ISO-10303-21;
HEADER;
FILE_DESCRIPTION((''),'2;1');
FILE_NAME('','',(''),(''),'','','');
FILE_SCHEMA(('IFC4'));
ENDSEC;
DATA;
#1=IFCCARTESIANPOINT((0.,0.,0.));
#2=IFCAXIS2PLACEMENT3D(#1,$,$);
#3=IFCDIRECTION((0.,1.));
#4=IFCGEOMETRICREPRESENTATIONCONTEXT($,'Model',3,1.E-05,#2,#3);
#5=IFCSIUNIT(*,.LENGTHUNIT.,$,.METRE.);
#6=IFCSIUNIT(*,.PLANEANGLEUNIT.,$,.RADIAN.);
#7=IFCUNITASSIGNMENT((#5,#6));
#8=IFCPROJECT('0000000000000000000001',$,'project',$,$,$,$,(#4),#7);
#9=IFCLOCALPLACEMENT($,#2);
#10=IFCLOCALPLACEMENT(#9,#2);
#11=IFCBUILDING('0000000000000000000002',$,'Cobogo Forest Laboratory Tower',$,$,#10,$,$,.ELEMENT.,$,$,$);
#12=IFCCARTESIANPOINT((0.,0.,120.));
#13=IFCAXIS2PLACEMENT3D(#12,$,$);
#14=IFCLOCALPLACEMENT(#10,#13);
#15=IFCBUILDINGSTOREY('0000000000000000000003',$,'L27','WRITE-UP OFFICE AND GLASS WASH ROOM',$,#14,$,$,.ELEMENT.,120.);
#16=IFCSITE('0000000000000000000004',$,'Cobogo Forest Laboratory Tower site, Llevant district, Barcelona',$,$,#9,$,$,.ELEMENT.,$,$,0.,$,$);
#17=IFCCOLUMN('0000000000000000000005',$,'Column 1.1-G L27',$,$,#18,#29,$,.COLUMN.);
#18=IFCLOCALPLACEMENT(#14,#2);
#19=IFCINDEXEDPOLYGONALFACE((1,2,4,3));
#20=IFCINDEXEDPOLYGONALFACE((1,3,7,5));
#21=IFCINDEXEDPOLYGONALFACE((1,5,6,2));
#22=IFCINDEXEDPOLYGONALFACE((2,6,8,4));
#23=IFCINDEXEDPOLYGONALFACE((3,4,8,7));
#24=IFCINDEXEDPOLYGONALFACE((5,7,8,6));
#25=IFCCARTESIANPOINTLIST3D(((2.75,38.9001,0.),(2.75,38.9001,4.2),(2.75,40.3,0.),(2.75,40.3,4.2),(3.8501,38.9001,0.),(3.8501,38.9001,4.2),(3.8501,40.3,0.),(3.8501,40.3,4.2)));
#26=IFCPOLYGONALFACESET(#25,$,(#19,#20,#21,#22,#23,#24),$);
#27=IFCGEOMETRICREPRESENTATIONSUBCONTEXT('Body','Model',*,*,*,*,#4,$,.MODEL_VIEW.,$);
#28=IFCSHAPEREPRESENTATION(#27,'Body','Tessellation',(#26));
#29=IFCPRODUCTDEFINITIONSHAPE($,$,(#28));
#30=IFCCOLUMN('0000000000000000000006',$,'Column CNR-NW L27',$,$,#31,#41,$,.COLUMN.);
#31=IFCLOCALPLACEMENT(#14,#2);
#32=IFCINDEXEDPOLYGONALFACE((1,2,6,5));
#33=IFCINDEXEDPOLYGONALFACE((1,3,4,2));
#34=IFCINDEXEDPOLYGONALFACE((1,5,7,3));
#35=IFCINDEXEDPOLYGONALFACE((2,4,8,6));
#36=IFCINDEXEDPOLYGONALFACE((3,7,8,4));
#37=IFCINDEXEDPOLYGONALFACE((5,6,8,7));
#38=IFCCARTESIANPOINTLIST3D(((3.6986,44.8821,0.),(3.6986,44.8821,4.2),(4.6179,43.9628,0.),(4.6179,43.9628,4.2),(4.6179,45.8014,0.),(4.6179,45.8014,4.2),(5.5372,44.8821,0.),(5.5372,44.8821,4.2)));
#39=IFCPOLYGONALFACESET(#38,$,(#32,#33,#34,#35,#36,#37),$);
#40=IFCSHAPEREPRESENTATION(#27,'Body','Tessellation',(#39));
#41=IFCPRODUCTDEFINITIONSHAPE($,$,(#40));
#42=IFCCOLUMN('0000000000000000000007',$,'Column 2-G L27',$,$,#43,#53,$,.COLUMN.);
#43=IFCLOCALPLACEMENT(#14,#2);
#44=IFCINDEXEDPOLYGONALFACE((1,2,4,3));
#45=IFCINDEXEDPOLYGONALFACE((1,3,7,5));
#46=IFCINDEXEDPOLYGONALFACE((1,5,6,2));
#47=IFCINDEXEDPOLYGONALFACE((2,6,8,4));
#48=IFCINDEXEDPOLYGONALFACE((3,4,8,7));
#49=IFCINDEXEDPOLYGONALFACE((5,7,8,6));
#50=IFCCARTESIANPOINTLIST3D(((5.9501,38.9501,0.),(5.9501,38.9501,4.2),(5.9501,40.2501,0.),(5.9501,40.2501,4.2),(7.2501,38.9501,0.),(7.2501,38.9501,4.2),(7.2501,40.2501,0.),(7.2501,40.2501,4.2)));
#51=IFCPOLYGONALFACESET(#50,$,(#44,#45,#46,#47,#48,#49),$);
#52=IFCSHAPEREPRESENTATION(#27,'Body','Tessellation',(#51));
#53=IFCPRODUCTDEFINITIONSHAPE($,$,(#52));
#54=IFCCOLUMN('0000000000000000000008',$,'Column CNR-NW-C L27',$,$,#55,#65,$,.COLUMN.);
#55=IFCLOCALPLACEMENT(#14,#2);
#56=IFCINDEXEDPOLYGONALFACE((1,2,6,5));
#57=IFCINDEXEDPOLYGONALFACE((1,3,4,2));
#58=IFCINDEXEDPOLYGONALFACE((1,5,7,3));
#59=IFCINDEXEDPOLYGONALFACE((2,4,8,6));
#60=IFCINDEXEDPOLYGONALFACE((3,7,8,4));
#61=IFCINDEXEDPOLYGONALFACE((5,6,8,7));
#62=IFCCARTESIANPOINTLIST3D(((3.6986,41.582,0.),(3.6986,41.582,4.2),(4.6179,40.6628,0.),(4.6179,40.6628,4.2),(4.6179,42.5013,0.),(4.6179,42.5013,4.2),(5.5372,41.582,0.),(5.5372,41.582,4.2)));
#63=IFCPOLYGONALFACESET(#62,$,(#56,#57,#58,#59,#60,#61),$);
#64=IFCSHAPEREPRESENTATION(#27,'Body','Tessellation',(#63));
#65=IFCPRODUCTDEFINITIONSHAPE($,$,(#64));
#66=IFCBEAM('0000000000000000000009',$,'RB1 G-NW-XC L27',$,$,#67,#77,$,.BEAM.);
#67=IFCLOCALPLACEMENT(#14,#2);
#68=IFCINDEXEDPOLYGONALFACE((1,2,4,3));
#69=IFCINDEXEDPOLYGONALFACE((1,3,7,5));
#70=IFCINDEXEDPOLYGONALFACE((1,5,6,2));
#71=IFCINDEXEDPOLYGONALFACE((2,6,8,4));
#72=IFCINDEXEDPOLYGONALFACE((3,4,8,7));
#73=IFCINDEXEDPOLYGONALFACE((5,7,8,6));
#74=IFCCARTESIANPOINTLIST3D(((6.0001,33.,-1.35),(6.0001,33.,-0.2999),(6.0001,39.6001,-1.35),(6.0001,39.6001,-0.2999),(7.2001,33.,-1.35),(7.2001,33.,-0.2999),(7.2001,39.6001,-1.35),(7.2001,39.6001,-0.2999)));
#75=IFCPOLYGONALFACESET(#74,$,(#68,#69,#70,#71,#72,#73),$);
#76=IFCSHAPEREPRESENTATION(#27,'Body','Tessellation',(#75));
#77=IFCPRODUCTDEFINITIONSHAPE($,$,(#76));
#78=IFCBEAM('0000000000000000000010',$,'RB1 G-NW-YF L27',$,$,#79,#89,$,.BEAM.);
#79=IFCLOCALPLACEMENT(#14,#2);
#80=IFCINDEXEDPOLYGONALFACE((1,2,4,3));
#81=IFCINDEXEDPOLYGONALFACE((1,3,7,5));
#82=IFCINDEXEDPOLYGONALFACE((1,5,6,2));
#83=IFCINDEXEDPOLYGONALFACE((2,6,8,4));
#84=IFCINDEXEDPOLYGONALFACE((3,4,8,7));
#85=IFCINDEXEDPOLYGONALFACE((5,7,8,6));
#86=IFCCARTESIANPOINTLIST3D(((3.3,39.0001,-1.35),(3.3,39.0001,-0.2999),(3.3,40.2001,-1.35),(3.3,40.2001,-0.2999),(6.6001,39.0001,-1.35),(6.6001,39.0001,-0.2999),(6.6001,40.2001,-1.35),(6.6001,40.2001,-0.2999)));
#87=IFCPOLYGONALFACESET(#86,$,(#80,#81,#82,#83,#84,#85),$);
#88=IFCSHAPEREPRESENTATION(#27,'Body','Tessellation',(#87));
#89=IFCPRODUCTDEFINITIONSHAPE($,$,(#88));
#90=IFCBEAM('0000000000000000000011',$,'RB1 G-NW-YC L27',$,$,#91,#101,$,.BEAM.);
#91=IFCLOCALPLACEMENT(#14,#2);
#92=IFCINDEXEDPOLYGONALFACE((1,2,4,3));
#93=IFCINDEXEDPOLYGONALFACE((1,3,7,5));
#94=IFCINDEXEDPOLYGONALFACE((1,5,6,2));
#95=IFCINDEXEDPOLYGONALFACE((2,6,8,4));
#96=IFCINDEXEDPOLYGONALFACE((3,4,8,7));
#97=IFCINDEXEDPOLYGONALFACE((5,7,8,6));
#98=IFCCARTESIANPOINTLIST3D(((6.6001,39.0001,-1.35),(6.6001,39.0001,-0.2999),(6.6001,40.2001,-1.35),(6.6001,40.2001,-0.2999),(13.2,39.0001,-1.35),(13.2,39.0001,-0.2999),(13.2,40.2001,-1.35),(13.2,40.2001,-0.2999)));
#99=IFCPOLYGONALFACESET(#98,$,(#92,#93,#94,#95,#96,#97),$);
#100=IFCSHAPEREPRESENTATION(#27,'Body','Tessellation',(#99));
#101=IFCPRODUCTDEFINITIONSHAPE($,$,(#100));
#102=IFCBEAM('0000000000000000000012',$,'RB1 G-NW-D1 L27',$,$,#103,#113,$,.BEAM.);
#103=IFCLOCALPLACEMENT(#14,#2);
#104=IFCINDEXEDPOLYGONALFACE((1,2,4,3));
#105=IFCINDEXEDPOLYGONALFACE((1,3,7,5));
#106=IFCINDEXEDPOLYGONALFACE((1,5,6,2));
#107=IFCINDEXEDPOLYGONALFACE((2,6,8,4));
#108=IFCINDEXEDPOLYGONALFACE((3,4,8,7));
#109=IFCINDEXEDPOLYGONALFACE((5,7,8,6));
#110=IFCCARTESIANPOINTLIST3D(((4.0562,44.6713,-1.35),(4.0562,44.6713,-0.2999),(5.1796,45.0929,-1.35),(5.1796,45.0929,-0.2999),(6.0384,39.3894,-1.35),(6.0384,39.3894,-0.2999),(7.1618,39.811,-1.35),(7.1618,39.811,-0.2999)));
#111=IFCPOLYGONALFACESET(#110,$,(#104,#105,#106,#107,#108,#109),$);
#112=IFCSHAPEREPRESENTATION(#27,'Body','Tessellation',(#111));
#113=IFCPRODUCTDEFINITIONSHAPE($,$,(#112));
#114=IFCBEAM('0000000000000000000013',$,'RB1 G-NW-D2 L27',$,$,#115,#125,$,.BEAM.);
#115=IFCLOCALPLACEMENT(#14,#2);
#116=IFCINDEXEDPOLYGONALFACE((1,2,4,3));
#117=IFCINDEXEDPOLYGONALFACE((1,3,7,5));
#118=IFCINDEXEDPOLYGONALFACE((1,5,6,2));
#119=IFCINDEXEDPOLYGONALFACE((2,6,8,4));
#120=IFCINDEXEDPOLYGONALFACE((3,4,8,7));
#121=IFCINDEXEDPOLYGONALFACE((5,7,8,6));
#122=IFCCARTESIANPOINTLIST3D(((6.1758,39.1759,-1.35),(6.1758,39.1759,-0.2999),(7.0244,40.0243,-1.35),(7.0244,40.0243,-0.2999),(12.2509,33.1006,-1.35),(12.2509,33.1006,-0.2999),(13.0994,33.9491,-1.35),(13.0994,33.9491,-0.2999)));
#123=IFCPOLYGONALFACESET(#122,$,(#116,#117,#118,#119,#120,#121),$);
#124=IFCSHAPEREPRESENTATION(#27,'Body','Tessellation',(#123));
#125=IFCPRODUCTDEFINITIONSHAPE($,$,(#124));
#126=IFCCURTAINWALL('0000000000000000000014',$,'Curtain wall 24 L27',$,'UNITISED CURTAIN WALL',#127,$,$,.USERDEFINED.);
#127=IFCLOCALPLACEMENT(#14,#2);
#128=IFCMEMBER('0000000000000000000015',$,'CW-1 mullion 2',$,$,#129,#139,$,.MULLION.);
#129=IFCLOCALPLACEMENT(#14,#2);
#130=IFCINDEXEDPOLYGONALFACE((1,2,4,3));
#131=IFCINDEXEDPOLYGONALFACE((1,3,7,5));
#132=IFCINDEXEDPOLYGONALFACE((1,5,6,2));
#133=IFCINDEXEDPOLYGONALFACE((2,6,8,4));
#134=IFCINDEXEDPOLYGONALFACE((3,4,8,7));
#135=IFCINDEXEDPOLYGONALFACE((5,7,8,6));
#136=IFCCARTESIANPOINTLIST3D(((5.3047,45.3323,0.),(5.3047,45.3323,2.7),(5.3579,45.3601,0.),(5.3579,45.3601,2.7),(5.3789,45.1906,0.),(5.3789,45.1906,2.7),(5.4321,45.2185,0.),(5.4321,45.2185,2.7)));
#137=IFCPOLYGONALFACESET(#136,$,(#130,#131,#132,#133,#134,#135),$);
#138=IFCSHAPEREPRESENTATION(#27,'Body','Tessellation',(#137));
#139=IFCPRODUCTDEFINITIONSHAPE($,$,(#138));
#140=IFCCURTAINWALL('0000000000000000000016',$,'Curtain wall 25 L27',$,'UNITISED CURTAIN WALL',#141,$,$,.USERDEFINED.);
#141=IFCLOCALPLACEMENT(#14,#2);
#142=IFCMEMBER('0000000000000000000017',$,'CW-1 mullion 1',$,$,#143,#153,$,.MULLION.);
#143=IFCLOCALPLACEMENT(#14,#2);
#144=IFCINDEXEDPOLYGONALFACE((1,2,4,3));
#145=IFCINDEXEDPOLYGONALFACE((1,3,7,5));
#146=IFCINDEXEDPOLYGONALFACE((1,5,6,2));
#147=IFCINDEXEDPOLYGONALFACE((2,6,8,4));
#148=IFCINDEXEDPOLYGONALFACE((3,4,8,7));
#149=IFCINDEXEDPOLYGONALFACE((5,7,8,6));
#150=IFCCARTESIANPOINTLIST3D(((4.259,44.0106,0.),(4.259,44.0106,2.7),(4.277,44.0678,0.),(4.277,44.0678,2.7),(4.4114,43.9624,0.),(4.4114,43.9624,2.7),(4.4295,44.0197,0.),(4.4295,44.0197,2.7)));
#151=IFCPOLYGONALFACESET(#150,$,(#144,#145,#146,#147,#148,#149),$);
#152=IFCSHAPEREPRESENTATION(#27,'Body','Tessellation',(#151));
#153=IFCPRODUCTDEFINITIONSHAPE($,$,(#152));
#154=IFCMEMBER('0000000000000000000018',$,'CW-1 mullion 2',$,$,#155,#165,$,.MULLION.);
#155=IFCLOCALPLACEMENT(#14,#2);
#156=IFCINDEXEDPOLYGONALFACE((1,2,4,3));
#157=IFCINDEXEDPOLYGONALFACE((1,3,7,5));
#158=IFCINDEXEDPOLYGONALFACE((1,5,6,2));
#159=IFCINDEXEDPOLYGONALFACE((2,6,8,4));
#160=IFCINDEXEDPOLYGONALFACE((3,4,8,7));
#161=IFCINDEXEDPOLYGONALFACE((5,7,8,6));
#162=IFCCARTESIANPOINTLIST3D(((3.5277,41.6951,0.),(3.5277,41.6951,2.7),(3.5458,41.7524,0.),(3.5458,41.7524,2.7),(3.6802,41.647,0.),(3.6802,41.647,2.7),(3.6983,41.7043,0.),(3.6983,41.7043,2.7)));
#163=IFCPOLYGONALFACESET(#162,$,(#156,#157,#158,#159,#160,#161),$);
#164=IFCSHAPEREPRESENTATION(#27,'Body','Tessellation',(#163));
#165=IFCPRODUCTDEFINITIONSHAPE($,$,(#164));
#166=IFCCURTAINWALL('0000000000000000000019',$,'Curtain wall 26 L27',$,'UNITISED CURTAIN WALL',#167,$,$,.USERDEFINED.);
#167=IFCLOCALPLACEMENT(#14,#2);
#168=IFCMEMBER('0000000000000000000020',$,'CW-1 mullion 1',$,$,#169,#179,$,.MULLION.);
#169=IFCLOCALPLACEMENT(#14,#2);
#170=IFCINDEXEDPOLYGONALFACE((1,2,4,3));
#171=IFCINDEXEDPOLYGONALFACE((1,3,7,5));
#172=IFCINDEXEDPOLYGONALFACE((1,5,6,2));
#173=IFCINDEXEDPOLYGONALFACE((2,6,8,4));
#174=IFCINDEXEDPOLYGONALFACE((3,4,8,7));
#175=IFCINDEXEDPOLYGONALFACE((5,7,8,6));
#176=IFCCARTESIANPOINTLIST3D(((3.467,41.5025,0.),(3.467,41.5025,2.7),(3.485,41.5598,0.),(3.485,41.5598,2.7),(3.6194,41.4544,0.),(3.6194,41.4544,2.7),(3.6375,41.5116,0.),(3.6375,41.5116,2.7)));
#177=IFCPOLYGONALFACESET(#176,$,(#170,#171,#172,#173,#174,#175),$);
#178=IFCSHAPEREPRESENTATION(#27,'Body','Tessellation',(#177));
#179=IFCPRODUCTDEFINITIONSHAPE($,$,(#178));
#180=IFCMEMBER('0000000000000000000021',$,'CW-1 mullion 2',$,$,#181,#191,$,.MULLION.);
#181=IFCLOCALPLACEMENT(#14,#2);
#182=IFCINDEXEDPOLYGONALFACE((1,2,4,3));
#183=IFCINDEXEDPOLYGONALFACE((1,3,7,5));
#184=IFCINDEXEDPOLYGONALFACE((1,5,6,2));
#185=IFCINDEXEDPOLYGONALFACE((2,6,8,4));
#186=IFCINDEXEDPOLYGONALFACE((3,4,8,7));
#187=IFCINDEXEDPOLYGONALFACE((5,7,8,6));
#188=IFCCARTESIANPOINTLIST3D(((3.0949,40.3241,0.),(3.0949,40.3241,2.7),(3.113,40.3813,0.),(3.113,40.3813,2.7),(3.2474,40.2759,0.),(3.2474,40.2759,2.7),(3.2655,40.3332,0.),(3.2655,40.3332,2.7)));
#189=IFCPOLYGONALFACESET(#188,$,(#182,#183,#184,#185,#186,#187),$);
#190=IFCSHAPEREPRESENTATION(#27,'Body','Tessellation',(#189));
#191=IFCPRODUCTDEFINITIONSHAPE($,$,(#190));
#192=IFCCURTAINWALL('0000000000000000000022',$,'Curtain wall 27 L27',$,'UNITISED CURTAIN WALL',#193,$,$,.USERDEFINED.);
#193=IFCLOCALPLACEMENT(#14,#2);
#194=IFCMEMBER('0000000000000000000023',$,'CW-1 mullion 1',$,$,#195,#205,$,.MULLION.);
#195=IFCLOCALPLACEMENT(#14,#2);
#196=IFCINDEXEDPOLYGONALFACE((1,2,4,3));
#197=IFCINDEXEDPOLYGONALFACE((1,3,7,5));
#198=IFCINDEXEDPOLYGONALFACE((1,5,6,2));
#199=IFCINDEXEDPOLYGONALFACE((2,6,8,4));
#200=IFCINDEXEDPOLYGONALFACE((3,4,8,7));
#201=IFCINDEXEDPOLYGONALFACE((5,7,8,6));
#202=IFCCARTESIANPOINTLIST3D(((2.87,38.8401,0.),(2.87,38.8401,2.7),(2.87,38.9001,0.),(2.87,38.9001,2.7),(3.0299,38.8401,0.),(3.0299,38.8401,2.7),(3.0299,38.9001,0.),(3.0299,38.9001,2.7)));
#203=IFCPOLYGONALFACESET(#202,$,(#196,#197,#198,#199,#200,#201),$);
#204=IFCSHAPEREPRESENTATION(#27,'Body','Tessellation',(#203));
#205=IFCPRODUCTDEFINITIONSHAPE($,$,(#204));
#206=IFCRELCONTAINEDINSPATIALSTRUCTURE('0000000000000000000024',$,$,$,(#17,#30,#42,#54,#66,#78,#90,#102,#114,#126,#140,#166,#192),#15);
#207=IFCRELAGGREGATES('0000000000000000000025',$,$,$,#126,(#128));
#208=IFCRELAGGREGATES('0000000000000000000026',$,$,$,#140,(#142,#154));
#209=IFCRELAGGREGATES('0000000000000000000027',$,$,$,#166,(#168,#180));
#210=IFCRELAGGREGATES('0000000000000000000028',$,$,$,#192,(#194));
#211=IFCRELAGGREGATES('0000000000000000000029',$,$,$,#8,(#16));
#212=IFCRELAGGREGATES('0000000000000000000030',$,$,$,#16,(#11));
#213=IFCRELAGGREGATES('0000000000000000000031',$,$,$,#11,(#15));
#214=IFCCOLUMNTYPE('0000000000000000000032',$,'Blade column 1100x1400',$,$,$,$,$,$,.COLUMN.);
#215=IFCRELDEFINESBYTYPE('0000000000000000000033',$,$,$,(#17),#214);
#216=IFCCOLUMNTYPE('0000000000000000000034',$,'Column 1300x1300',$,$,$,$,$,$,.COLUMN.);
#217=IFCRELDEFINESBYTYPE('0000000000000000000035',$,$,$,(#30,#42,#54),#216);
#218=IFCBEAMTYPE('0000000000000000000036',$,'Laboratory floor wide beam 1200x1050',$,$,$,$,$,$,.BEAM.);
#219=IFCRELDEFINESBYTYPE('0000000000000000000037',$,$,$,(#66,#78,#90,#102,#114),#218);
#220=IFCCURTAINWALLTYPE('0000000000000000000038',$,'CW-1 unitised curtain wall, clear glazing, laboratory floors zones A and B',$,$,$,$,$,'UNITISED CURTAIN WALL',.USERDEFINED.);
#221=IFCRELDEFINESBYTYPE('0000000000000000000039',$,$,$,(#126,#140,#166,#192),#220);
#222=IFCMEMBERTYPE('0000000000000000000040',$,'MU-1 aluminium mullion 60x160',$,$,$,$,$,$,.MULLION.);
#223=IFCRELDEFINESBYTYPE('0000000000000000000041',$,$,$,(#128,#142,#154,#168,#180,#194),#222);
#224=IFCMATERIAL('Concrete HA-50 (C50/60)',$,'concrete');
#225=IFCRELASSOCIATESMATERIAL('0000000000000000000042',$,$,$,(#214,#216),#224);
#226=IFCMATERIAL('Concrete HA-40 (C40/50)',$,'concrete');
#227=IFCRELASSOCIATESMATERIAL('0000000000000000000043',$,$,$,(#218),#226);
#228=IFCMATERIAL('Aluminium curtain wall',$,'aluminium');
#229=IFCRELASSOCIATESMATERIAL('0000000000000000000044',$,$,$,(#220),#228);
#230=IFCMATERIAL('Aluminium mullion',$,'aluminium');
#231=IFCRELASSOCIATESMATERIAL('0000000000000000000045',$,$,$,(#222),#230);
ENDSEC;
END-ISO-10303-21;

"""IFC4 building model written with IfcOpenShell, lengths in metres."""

from ifc_helpers import new_model, si_unit, direction, frame, origin, origin_2d, place, context, subcontext, project, spatial, rectangle, extrude, material, material_profile, profile_set, type_object, element, aggregate, save


model = new_model("IFC4")

# Units and contexts
model_context = context("Model", 3, precision=1e-05, world=origin(), true_north=direction((0.0, 1.0)))
body_context = subcontext(model_context, "Body", "Model", "MODEL_VIEW")
ifc_project = project(units=[si_unit("LENGTHUNIT", "METRE"), si_unit("PLANEANGLEUNIT", "RADIAN")], contexts=[model_context])

# Site, building, storey
site_placement = place(None, origin())
site = spatial("IfcSite", under=ifc_project, at=site_placement, Name="Cobogo Forest Laboratory Tower site, Llevant district, Barcelona", CompositionType="ELEMENT", RefElevation=0.0)
building_placement = place(site_placement, origin())
building = spatial("IfcBuilding", under=site, at=building_placement, Name="Cobogo Forest Laboratory Tower", CompositionType="ELEMENT")
storey_placement = place(building_placement, frame((0.0, 0.0, 120.0)))
storey = spatial("IfcBuildingStorey", under=building, at=storey_placement, Name="L27", Description="WRITE-UP OFFICE AND GLASS WASH ROOM", CompositionType="ELEMENT", Elevation=120.0)

# Columns
ifc_material_1 = material(Name="Concrete HA-50 (C50/60)", Category="concrete")
ifc_material_profile_1 = material_profile(ifc_material_1, rectangle(XDim=1.3999, YDim=1.1001, at=origin_2d()), Name="RC 1100x1400")
ifc_profile_set_1 = profile_set([ifc_material_profile_1], Name="Concrete HA-50 (C50/60)")
column_type_1 = type_object("IfcColumnType", Name="Blade column 1100x1400", PredefinedType="COLUMN", material=ifc_profile_set_1)
column_placement = place(storey_placement, frame((3.3, 39.6001, 0.0), z_axis=(0.0, 0.0, 1.0), x_axis=(0.0, 1.0, 0.0)))
element("IfcColumn", 1, at=column_placement, inside=storey, type_object=column_type_1, Name="Column 1.1-G L27", PredefinedType="COLUMN", context=body_context, shape_type="SweptSolid", body=[
    extrude(rectangle(XDim=1.3999, YDim=1.1001, at=origin_2d()), origin(), (0.0, 0.0, 1.0), 4.2),
])
ifc_material_profile_2 = material_profile(ifc_material_1, rectangle(XDim=1.3, YDim=1.3, at=origin_2d()), Name="RC 1300x1300")
ifc_profile_set_2 = profile_set([ifc_material_profile_2], Name="Concrete HA-50 (C50/60)")
column_type_2 = type_object("IfcColumnType", Name="Column 1300x1300", PredefinedType="COLUMN", material=ifc_profile_set_2)
for number, where, z_axis, x_axis, name in (
    (2, (4.6179, 44.8821, 0.0), (0.0, 0.0, 1.0), (0.707107, 0.707107, 0.0), "Column CNR-NW L27"),
    (3, (6.6001, 39.6001, 0.0), (0.0, 0.0, 1.0), (1.0, 0.0, 0.0), "Column 2-G L27"),
    (4, (4.6179, 41.582, 0.0), (0.0, 0.0, 1.0), (0.707107, 0.707107, 0.0), "Column CNR-NW-C L27"),
):
    element("IfcColumn", number, at=place(storey_placement, frame(where, z_axis=z_axis, x_axis=x_axis)), inside=storey, type_object=column_type_2, Name=name, PredefinedType="COLUMN", context=body_context, shape_type="SweptSolid", body=[
        extrude(rectangle(XDim=1.3, YDim=1.3, at=origin_2d()), origin(), (0.0, 0.0, 1.0), 4.2),
    ])

# Beams
ifc_material_2 = material(Name="Concrete HA-40 (C40/50)", Category="concrete")
ifc_material_profile_3 = material_profile(ifc_material_2, rectangle(XDim=1.2, YDim=1.05, at=origin_2d()), Name="RC 1200x1050")
ifc_profile_set_3 = profile_set([ifc_material_profile_3], Name="Concrete HA-40 (C40/50)")
beam_type_1 = type_object("IfcBeamType", Name="Laboratory floor wide beam 1200x1050", PredefinedType="BEAM", material=ifc_profile_set_3)
beam_1_placement = place(storey_placement, frame((6.6001, 39.6001, -0.825), z_axis=(0.0, -1.0, 0.0), x_axis=(1.0, 0.0, 0.0)))
element("IfcBeam", 5, at=beam_1_placement, inside=storey, type_object=beam_type_1, Name="RB1 G-NW-XC L27", PredefinedType="BEAM", context=body_context, shape_type="SweptSolid", body=[
    extrude(rectangle(XDim=1.2, YDim=1.05, at=origin_2d()), origin(), (0.0, 0.0, 1.0), 6.6001),
])
beam_2_placement = place(storey_placement, frame((3.3, 39.6001, -0.825), z_axis=(1.0, 0.0, 0.0), x_axis=(0.0, 1.0, 0.0)))
element("IfcBeam", 6, at=beam_2_placement, inside=storey, type_object=beam_type_1, Name="RB1 G-NW-YF L27", PredefinedType="BEAM", context=body_context, shape_type="SweptSolid", body=[
    extrude(rectangle(XDim=1.2, YDim=1.05, at=origin_2d()), origin(), (0.0, 0.0, 1.0), 3.3),
])
beam_3_placement = place(storey_placement, frame((6.6001, 39.6001, -0.825), z_axis=(1.0, 0.0, 0.0), x_axis=(0.0, 1.0, 0.0)))
element("IfcBeam", 7, at=beam_3_placement, inside=storey, type_object=beam_type_1, Name="RB1 G-NW-YC L27", PredefinedType="BEAM", context=body_context, shape_type="SweptSolid", body=[
    extrude(rectangle(XDim=1.2, YDim=1.05, at=origin_2d()), origin(), (0.0, 0.0, 1.0), 6.5999),
])
beam_4_placement = place(storey_placement, frame((4.6179, 44.8821, -0.825), z_axis=(0.351346, -0.936246, 0.0), x_axis=(0.936246, 0.351346, 0.0)))
element("IfcBeam", 8, at=beam_4_placement, inside=storey, type_object=beam_type_1, Name="RB1 G-NW-D1 L27", PredefinedType="BEAM", context=body_context, shape_type="SweptSolid", body=[
    extrude(rectangle(XDim=1.2, YDim=1.05, at=origin_2d()), origin(), (0.0, 0.0, 1.0), 5.6416),
])
beam_5_placement = place(storey_placement, frame((6.6001, 39.6001, -0.825), z_axis=(0.707093, -0.707121, 0.0), x_axis=(0.707121, 0.707093, 0.0)))
element("IfcBeam", 9, at=beam_5_placement, inside=storey, type_object=beam_type_1, Name="RB1 G-NW-D2 L27", PredefinedType="BEAM", context=body_context, shape_type="SweptSolid", body=[
    extrude(rectangle(XDim=1.2, YDim=1.05, at=origin_2d()), origin(), (0.0, 0.0, 1.0), 8.5916),
])

# Curtain wall, member
ifc_material_3 = material(Name="Aluminium curtain wall", Category="aluminium")
curtain_wall_type = type_object("IfcCurtainWallType", Name="CW-1 unitised curtain wall, clear glazing, laboratory floors zones A and B", ElementType="UNITISED CURTAIN WALL", PredefinedType="USERDEFINED", material=ifc_material_3)
curtain_wall_1_placement = place(storey_placement, origin())
curtain_wall_1 = element("IfcCurtainWall", 10, at=curtain_wall_1_placement, inside=storey, type_object=curtain_wall_type, Name="Curtain wall 24 L27", ObjectType="UNITISED CURTAIN WALL", PredefinedType="USERDEFINED")
ifc_material_4 = material(Name="Aluminium mullion", Category="aluminium")
ifc_material_profile_4 = material_profile(ifc_material_4, rectangle(XDim=0.0601, YDim=0.1599, at=origin_2d()), Name="AL 60x160")
ifc_profile_set_4 = profile_set([ifc_material_profile_4], Name="Aluminium mullion")
member_type_1 = type_object("IfcMemberType", Name="MU-1 aluminium mullion 60x160", PredefinedType="MULLION", material=ifc_profile_set_4)
member_1_placement = place(storey_placement, frame((5.3684, 45.2754, 0.0), z_axis=(0.0, 0.0, 1.0), x_axis=(-0.885687, -0.464284, 0.0)))
member_1 = element("IfcMember", 11, at=member_1_placement, type_object=member_type_1, Name="CW-1 mullion 2", PredefinedType="MULLION", context=body_context, shape_type="SweptSolid", body=[
    extrude(rectangle(XDim=0.0601, YDim=0.1599, at=origin_2d()), origin(), (0.0, 0.0, 1.0), 2.7),
])

# Curtain walls, members
curtain_wall_2_placement = place(storey_placement, origin())
curtain_wall_2 = element("IfcCurtainWall", 12, at=curtain_wall_2_placement, inside=storey, type_object=curtain_wall_type, Name="Curtain wall 25 L27", ObjectType="UNITISED CURTAIN WALL", PredefinedType="USERDEFINED")
member_2_placement = place(storey_placement, frame((4.3442, 44.0151, 0.0), z_axis=(0.0, 0.0, 1.0), x_axis=(-0.301135, -0.953581, 0.0)))
member_2 = element("IfcMember", 13, at=member_2_placement, type_object=member_type_1, Name="CW-1 mullion 1", PredefinedType="MULLION", context=body_context, shape_type="SweptSolid", body=[
    extrude(rectangle(XDim=0.0601, YDim=0.1599, at=origin_2d()), origin(), (0.0, 0.0, 1.0), 2.7),
])
member_3_placement = place(storey_placement, frame((3.613, 41.6997, 0.0), z_axis=(0.0, 0.0, 1.0), x_axis=(-0.301135, -0.953581, 0.0)))
member_3 = element("IfcMember", 14, at=member_3_placement, type_object=member_type_1, Name="CW-1 mullion 2", PredefinedType="MULLION", context=body_context, shape_type="SweptSolid", body=[
    extrude(rectangle(XDim=0.0601, YDim=0.1599, at=origin_2d()), origin(), (0.0, 0.0, 1.0), 2.7),
])
curtain_wall_3_placement = place(storey_placement, origin())
curtain_wall_3 = element("IfcCurtainWall", 15, at=curtain_wall_3_placement, inside=storey, type_object=curtain_wall_type, Name="Curtain wall 26 L27", ObjectType="UNITISED CURTAIN WALL", PredefinedType="USERDEFINED")
member_4_placement = place(storey_placement, frame((3.5522, 41.5071, 0.0), z_axis=(0.0, 0.0, 1.0), x_axis=(-0.301135, -0.953581, 0.0)))
member_4 = element("IfcMember", 16, at=member_4_placement, type_object=member_type_1, Name="CW-1 mullion 1", PredefinedType="MULLION", context=body_context, shape_type="SweptSolid", body=[
    extrude(rectangle(XDim=0.0601, YDim=0.1599, at=origin_2d()), origin(), (0.0, 0.0, 1.0), 2.7),
])
member_5_placement = place(storey_placement, frame((3.1802, 40.3286, 0.0), z_axis=(0.0, 0.0, 1.0), x_axis=(-0.301135, -0.953581, 0.0)))
member_5 = element("IfcMember", 17, at=member_5_placement, type_object=member_type_1, Name="CW-1 mullion 2", PredefinedType="MULLION", context=body_context, shape_type="SweptSolid", body=[
    extrude(rectangle(XDim=0.0601, YDim=0.1599, at=origin_2d()), origin(), (0.0, 0.0, 1.0), 2.7),
])
curtain_wall_4_placement = place(storey_placement, origin())
curtain_wall_4 = element("IfcCurtainWall", 18, at=curtain_wall_4_placement, inside=storey, type_object=curtain_wall_type, Name="Curtain wall 27 L27", ObjectType="UNITISED CURTAIN WALL", PredefinedType="USERDEFINED")
member_6_placement = place(storey_placement, frame((2.95, 38.8701, 0.0), z_axis=(0.0, 0.0, 1.0), x_axis=(0.0, -1.0, 0.0)))
member_6 = element("IfcMember", 19, at=member_6_placement, type_object=member_type_1, Name="CW-1 mullion 1", PredefinedType="MULLION", context=body_context, shape_type="SweptSolid", body=[
    extrude(rectangle(XDim=0.0601, YDim=0.1599, at=origin_2d()), origin(), (0.0, 0.0, 1.0), 2.7),
])

aggregate(curtain_wall_1, [member_1])
aggregate(curtain_wall_2, [member_2, member_3])
aggregate(curtain_wall_3, [member_4, member_5])
aggregate(curtain_wall_4, [member_6])

save(model, "model.ifc")
